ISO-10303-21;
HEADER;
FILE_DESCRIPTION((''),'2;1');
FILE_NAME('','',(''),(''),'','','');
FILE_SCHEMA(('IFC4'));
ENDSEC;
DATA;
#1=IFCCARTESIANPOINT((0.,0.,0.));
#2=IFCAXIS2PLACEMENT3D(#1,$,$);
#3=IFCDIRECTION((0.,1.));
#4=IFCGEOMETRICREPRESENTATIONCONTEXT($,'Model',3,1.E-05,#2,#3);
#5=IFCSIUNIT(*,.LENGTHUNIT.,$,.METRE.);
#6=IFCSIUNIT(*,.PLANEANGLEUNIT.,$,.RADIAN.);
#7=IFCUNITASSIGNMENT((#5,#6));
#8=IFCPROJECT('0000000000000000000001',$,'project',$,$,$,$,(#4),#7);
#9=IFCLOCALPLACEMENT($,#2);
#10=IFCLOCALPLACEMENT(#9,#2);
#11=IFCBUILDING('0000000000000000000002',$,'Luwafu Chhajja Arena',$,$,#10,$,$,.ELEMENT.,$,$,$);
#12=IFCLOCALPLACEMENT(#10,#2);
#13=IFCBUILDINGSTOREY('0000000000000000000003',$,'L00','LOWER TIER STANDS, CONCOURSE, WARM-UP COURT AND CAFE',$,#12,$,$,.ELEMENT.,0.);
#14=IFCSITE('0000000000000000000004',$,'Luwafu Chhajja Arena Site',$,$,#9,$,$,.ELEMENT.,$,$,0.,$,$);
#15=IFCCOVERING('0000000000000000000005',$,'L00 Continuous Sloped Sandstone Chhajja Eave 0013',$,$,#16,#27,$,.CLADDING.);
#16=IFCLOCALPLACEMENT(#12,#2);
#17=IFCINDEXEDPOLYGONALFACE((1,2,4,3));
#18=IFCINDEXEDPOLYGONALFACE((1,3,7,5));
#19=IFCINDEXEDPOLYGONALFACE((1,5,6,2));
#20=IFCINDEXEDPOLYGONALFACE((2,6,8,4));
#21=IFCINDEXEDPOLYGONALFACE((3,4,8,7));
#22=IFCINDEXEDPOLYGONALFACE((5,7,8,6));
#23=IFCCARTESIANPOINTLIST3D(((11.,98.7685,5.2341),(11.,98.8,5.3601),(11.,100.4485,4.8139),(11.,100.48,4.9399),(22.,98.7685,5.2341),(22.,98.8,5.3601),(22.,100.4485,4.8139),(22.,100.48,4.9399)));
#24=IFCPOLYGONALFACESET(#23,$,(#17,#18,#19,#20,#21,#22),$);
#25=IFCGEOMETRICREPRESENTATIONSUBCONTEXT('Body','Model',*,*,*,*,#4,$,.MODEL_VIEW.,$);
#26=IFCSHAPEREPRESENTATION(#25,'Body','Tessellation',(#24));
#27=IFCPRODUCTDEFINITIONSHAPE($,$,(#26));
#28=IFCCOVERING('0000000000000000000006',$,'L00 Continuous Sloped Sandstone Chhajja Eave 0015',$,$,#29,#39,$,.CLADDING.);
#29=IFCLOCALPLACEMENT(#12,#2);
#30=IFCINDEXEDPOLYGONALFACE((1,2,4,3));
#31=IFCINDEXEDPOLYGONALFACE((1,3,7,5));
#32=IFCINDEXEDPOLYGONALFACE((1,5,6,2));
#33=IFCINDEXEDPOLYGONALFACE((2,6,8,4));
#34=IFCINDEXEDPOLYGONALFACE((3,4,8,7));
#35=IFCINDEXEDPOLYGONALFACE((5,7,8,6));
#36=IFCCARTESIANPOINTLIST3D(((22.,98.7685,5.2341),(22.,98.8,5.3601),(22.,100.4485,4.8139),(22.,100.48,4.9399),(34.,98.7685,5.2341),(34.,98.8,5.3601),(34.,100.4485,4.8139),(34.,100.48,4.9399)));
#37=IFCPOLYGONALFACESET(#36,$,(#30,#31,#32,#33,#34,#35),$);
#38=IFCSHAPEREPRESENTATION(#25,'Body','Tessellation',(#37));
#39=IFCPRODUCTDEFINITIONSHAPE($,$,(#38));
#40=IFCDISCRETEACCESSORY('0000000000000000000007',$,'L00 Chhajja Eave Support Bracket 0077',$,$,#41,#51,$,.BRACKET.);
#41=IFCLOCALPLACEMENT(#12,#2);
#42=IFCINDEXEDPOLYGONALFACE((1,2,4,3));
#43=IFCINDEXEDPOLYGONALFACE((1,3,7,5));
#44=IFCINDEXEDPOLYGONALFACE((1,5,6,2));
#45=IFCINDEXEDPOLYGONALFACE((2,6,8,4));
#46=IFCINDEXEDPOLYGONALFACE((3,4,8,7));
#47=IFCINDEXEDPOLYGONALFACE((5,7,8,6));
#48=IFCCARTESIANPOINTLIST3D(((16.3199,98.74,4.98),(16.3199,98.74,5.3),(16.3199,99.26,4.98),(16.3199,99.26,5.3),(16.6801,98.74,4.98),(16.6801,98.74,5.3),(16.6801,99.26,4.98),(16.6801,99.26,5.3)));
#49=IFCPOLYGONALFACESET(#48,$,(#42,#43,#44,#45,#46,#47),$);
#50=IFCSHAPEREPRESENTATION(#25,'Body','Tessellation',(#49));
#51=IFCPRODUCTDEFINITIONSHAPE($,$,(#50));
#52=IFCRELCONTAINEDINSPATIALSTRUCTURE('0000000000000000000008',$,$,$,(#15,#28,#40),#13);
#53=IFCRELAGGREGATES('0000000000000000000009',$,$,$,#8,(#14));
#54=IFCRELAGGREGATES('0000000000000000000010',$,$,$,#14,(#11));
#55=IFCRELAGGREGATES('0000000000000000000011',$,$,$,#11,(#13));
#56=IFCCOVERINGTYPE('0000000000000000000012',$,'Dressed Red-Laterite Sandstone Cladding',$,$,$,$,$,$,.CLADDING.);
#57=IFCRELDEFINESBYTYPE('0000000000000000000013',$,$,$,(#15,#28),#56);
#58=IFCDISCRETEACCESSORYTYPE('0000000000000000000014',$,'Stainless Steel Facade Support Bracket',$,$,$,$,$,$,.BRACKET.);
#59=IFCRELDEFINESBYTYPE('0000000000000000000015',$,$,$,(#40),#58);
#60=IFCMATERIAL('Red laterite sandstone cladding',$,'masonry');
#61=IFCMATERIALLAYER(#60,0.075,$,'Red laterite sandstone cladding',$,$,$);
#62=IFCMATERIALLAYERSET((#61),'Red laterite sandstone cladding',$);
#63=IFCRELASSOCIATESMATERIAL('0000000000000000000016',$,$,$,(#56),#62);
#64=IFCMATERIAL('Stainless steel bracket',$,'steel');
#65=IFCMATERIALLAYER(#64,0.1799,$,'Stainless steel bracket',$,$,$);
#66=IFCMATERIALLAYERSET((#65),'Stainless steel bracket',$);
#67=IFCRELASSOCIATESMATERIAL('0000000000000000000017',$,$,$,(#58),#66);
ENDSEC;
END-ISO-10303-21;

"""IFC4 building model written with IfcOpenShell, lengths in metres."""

from ifc_helpers import new_model, si_unit, direction, frame, origin, origin_2d, place, context, subcontext, project, spatial, polyline, rectangle, outline, extrude, material, layer, layer_set, type_object, element, save


model = new_model("IFC4")

# Units and contexts
model_context = context("Model", 3, precision=1e-05, world=origin(), true_north=direction((0.0, 1.0)))
body_context = subcontext(model_context, "Body", "Model", "MODEL_VIEW")
ifc_project = project(units=[si_unit("LENGTHUNIT", "METRE"), si_unit("PLANEANGLEUNIT", "RADIAN")], contexts=[model_context])

# Site, building, storey
site_placement = place(None, origin())
site = spatial("IfcSite", under=ifc_project, at=site_placement, Name="Luwafu Chhajja Arena Site", CompositionType="ELEMENT", RefElevation=0.0)
building_placement = place(site_placement, origin())
building = spatial("IfcBuilding", under=site, at=building_placement, Name="Luwafu Chhajja Arena", CompositionType="ELEMENT")
storey_placement = place(building_placement, origin())
storey = spatial("IfcBuildingStorey", under=building, at=storey_placement, Name="L00", Description="LOWER TIER STANDS, CONCOURSE, WARM-UP COURT AND CAFE", CompositionType="ELEMENT", Elevation=0.0)

# Coverings
ifc_material_1 = material(Name="Red laterite sandstone cladding", Category="masonry")
ifc_layer_1 = layer(ifc_material_1, 0.075, Name="Red laterite sandstone cladding")
ifc_layer_set_1 = layer_set([ifc_layer_1], Name="Red laterite sandstone cladding")
covering_type = type_object("IfcCoveringType", Name="Dressed Red-Laterite Sandstone Cladding", PredefinedType="CLADDING", material=ifc_layer_set_1)
covering_1_placement = place(storey_placement, frame((11.0, 98.8, 5.3601), z_axis=(0.0, 0.242635, 0.970118), x_axis=(1.0, 0.0, 0.0)))
element("IfcCovering", 1, at=covering_1_placement, inside=storey, type_object=covering_type, Name="L00 Continuous Sloped Sandstone Chhajja Eave 0013", PredefinedType="CLADDING", context=body_context, shape_type="SweptSolid", body=[
    extrude(outline(polyline([(0.0, 0.0), (11.0, 0.0), (11.0, 1.7317), (0.0, 1.7317), (0.0, 0.0)])), origin(), (0.0, 0.0, -1.0), 0.1299),
])
covering_2_placement = place(storey_placement, frame((22.0, 98.8, 5.3601), z_axis=(0.0, 0.242635, 0.970118), x_axis=(1.0, 0.0, 0.0)))
element("IfcCovering", 2, at=covering_2_placement, inside=storey, type_object=covering_type, Name="L00 Continuous Sloped Sandstone Chhajja Eave 0015", PredefinedType="CLADDING", context=body_context, shape_type="SweptSolid", body=[
    extrude(outline(polyline([(0.0, 0.0), (12.0, 0.0), (12.0, 1.7317), (0.0, 1.7317), (0.0, 0.0)])), origin(), (0.0, 0.0, -1.0), 0.1299),
])

# Discrete accessory
ifc_material_2 = material(Name="Stainless steel bracket", Category="steel")
ifc_layer_2 = layer(ifc_material_2, 0.1799, Name="Stainless steel bracket")
ifc_layer_set_2 = layer_set([ifc_layer_2], Name="Stainless steel bracket")
discrete_accessory_type = type_object("IfcDiscreteAccessoryType", Name="Stainless Steel Facade Support Bracket", PredefinedType="BRACKET", material=ifc_layer_set_2)
discrete_accessory_placement = place(storey_placement, frame((16.5, 99.0, 4.98), z_axis=(0.0, 0.0, 1.0), x_axis=(1.0, 0.0, 0.0)))
element("IfcDiscreteAccessory", 3, at=discrete_accessory_placement, inside=storey, type_object=discrete_accessory_type, Name="L00 Chhajja Eave Support Bracket 0077", PredefinedType="BRACKET", context=body_context, shape_type="SweptSolid", body=[
    extrude(rectangle(XDim=0.3601, YDim=0.52, at=origin_2d()), origin(), (0.0, 0.0, 1.0), 0.3201),
])

save(model, "model.ifc")
